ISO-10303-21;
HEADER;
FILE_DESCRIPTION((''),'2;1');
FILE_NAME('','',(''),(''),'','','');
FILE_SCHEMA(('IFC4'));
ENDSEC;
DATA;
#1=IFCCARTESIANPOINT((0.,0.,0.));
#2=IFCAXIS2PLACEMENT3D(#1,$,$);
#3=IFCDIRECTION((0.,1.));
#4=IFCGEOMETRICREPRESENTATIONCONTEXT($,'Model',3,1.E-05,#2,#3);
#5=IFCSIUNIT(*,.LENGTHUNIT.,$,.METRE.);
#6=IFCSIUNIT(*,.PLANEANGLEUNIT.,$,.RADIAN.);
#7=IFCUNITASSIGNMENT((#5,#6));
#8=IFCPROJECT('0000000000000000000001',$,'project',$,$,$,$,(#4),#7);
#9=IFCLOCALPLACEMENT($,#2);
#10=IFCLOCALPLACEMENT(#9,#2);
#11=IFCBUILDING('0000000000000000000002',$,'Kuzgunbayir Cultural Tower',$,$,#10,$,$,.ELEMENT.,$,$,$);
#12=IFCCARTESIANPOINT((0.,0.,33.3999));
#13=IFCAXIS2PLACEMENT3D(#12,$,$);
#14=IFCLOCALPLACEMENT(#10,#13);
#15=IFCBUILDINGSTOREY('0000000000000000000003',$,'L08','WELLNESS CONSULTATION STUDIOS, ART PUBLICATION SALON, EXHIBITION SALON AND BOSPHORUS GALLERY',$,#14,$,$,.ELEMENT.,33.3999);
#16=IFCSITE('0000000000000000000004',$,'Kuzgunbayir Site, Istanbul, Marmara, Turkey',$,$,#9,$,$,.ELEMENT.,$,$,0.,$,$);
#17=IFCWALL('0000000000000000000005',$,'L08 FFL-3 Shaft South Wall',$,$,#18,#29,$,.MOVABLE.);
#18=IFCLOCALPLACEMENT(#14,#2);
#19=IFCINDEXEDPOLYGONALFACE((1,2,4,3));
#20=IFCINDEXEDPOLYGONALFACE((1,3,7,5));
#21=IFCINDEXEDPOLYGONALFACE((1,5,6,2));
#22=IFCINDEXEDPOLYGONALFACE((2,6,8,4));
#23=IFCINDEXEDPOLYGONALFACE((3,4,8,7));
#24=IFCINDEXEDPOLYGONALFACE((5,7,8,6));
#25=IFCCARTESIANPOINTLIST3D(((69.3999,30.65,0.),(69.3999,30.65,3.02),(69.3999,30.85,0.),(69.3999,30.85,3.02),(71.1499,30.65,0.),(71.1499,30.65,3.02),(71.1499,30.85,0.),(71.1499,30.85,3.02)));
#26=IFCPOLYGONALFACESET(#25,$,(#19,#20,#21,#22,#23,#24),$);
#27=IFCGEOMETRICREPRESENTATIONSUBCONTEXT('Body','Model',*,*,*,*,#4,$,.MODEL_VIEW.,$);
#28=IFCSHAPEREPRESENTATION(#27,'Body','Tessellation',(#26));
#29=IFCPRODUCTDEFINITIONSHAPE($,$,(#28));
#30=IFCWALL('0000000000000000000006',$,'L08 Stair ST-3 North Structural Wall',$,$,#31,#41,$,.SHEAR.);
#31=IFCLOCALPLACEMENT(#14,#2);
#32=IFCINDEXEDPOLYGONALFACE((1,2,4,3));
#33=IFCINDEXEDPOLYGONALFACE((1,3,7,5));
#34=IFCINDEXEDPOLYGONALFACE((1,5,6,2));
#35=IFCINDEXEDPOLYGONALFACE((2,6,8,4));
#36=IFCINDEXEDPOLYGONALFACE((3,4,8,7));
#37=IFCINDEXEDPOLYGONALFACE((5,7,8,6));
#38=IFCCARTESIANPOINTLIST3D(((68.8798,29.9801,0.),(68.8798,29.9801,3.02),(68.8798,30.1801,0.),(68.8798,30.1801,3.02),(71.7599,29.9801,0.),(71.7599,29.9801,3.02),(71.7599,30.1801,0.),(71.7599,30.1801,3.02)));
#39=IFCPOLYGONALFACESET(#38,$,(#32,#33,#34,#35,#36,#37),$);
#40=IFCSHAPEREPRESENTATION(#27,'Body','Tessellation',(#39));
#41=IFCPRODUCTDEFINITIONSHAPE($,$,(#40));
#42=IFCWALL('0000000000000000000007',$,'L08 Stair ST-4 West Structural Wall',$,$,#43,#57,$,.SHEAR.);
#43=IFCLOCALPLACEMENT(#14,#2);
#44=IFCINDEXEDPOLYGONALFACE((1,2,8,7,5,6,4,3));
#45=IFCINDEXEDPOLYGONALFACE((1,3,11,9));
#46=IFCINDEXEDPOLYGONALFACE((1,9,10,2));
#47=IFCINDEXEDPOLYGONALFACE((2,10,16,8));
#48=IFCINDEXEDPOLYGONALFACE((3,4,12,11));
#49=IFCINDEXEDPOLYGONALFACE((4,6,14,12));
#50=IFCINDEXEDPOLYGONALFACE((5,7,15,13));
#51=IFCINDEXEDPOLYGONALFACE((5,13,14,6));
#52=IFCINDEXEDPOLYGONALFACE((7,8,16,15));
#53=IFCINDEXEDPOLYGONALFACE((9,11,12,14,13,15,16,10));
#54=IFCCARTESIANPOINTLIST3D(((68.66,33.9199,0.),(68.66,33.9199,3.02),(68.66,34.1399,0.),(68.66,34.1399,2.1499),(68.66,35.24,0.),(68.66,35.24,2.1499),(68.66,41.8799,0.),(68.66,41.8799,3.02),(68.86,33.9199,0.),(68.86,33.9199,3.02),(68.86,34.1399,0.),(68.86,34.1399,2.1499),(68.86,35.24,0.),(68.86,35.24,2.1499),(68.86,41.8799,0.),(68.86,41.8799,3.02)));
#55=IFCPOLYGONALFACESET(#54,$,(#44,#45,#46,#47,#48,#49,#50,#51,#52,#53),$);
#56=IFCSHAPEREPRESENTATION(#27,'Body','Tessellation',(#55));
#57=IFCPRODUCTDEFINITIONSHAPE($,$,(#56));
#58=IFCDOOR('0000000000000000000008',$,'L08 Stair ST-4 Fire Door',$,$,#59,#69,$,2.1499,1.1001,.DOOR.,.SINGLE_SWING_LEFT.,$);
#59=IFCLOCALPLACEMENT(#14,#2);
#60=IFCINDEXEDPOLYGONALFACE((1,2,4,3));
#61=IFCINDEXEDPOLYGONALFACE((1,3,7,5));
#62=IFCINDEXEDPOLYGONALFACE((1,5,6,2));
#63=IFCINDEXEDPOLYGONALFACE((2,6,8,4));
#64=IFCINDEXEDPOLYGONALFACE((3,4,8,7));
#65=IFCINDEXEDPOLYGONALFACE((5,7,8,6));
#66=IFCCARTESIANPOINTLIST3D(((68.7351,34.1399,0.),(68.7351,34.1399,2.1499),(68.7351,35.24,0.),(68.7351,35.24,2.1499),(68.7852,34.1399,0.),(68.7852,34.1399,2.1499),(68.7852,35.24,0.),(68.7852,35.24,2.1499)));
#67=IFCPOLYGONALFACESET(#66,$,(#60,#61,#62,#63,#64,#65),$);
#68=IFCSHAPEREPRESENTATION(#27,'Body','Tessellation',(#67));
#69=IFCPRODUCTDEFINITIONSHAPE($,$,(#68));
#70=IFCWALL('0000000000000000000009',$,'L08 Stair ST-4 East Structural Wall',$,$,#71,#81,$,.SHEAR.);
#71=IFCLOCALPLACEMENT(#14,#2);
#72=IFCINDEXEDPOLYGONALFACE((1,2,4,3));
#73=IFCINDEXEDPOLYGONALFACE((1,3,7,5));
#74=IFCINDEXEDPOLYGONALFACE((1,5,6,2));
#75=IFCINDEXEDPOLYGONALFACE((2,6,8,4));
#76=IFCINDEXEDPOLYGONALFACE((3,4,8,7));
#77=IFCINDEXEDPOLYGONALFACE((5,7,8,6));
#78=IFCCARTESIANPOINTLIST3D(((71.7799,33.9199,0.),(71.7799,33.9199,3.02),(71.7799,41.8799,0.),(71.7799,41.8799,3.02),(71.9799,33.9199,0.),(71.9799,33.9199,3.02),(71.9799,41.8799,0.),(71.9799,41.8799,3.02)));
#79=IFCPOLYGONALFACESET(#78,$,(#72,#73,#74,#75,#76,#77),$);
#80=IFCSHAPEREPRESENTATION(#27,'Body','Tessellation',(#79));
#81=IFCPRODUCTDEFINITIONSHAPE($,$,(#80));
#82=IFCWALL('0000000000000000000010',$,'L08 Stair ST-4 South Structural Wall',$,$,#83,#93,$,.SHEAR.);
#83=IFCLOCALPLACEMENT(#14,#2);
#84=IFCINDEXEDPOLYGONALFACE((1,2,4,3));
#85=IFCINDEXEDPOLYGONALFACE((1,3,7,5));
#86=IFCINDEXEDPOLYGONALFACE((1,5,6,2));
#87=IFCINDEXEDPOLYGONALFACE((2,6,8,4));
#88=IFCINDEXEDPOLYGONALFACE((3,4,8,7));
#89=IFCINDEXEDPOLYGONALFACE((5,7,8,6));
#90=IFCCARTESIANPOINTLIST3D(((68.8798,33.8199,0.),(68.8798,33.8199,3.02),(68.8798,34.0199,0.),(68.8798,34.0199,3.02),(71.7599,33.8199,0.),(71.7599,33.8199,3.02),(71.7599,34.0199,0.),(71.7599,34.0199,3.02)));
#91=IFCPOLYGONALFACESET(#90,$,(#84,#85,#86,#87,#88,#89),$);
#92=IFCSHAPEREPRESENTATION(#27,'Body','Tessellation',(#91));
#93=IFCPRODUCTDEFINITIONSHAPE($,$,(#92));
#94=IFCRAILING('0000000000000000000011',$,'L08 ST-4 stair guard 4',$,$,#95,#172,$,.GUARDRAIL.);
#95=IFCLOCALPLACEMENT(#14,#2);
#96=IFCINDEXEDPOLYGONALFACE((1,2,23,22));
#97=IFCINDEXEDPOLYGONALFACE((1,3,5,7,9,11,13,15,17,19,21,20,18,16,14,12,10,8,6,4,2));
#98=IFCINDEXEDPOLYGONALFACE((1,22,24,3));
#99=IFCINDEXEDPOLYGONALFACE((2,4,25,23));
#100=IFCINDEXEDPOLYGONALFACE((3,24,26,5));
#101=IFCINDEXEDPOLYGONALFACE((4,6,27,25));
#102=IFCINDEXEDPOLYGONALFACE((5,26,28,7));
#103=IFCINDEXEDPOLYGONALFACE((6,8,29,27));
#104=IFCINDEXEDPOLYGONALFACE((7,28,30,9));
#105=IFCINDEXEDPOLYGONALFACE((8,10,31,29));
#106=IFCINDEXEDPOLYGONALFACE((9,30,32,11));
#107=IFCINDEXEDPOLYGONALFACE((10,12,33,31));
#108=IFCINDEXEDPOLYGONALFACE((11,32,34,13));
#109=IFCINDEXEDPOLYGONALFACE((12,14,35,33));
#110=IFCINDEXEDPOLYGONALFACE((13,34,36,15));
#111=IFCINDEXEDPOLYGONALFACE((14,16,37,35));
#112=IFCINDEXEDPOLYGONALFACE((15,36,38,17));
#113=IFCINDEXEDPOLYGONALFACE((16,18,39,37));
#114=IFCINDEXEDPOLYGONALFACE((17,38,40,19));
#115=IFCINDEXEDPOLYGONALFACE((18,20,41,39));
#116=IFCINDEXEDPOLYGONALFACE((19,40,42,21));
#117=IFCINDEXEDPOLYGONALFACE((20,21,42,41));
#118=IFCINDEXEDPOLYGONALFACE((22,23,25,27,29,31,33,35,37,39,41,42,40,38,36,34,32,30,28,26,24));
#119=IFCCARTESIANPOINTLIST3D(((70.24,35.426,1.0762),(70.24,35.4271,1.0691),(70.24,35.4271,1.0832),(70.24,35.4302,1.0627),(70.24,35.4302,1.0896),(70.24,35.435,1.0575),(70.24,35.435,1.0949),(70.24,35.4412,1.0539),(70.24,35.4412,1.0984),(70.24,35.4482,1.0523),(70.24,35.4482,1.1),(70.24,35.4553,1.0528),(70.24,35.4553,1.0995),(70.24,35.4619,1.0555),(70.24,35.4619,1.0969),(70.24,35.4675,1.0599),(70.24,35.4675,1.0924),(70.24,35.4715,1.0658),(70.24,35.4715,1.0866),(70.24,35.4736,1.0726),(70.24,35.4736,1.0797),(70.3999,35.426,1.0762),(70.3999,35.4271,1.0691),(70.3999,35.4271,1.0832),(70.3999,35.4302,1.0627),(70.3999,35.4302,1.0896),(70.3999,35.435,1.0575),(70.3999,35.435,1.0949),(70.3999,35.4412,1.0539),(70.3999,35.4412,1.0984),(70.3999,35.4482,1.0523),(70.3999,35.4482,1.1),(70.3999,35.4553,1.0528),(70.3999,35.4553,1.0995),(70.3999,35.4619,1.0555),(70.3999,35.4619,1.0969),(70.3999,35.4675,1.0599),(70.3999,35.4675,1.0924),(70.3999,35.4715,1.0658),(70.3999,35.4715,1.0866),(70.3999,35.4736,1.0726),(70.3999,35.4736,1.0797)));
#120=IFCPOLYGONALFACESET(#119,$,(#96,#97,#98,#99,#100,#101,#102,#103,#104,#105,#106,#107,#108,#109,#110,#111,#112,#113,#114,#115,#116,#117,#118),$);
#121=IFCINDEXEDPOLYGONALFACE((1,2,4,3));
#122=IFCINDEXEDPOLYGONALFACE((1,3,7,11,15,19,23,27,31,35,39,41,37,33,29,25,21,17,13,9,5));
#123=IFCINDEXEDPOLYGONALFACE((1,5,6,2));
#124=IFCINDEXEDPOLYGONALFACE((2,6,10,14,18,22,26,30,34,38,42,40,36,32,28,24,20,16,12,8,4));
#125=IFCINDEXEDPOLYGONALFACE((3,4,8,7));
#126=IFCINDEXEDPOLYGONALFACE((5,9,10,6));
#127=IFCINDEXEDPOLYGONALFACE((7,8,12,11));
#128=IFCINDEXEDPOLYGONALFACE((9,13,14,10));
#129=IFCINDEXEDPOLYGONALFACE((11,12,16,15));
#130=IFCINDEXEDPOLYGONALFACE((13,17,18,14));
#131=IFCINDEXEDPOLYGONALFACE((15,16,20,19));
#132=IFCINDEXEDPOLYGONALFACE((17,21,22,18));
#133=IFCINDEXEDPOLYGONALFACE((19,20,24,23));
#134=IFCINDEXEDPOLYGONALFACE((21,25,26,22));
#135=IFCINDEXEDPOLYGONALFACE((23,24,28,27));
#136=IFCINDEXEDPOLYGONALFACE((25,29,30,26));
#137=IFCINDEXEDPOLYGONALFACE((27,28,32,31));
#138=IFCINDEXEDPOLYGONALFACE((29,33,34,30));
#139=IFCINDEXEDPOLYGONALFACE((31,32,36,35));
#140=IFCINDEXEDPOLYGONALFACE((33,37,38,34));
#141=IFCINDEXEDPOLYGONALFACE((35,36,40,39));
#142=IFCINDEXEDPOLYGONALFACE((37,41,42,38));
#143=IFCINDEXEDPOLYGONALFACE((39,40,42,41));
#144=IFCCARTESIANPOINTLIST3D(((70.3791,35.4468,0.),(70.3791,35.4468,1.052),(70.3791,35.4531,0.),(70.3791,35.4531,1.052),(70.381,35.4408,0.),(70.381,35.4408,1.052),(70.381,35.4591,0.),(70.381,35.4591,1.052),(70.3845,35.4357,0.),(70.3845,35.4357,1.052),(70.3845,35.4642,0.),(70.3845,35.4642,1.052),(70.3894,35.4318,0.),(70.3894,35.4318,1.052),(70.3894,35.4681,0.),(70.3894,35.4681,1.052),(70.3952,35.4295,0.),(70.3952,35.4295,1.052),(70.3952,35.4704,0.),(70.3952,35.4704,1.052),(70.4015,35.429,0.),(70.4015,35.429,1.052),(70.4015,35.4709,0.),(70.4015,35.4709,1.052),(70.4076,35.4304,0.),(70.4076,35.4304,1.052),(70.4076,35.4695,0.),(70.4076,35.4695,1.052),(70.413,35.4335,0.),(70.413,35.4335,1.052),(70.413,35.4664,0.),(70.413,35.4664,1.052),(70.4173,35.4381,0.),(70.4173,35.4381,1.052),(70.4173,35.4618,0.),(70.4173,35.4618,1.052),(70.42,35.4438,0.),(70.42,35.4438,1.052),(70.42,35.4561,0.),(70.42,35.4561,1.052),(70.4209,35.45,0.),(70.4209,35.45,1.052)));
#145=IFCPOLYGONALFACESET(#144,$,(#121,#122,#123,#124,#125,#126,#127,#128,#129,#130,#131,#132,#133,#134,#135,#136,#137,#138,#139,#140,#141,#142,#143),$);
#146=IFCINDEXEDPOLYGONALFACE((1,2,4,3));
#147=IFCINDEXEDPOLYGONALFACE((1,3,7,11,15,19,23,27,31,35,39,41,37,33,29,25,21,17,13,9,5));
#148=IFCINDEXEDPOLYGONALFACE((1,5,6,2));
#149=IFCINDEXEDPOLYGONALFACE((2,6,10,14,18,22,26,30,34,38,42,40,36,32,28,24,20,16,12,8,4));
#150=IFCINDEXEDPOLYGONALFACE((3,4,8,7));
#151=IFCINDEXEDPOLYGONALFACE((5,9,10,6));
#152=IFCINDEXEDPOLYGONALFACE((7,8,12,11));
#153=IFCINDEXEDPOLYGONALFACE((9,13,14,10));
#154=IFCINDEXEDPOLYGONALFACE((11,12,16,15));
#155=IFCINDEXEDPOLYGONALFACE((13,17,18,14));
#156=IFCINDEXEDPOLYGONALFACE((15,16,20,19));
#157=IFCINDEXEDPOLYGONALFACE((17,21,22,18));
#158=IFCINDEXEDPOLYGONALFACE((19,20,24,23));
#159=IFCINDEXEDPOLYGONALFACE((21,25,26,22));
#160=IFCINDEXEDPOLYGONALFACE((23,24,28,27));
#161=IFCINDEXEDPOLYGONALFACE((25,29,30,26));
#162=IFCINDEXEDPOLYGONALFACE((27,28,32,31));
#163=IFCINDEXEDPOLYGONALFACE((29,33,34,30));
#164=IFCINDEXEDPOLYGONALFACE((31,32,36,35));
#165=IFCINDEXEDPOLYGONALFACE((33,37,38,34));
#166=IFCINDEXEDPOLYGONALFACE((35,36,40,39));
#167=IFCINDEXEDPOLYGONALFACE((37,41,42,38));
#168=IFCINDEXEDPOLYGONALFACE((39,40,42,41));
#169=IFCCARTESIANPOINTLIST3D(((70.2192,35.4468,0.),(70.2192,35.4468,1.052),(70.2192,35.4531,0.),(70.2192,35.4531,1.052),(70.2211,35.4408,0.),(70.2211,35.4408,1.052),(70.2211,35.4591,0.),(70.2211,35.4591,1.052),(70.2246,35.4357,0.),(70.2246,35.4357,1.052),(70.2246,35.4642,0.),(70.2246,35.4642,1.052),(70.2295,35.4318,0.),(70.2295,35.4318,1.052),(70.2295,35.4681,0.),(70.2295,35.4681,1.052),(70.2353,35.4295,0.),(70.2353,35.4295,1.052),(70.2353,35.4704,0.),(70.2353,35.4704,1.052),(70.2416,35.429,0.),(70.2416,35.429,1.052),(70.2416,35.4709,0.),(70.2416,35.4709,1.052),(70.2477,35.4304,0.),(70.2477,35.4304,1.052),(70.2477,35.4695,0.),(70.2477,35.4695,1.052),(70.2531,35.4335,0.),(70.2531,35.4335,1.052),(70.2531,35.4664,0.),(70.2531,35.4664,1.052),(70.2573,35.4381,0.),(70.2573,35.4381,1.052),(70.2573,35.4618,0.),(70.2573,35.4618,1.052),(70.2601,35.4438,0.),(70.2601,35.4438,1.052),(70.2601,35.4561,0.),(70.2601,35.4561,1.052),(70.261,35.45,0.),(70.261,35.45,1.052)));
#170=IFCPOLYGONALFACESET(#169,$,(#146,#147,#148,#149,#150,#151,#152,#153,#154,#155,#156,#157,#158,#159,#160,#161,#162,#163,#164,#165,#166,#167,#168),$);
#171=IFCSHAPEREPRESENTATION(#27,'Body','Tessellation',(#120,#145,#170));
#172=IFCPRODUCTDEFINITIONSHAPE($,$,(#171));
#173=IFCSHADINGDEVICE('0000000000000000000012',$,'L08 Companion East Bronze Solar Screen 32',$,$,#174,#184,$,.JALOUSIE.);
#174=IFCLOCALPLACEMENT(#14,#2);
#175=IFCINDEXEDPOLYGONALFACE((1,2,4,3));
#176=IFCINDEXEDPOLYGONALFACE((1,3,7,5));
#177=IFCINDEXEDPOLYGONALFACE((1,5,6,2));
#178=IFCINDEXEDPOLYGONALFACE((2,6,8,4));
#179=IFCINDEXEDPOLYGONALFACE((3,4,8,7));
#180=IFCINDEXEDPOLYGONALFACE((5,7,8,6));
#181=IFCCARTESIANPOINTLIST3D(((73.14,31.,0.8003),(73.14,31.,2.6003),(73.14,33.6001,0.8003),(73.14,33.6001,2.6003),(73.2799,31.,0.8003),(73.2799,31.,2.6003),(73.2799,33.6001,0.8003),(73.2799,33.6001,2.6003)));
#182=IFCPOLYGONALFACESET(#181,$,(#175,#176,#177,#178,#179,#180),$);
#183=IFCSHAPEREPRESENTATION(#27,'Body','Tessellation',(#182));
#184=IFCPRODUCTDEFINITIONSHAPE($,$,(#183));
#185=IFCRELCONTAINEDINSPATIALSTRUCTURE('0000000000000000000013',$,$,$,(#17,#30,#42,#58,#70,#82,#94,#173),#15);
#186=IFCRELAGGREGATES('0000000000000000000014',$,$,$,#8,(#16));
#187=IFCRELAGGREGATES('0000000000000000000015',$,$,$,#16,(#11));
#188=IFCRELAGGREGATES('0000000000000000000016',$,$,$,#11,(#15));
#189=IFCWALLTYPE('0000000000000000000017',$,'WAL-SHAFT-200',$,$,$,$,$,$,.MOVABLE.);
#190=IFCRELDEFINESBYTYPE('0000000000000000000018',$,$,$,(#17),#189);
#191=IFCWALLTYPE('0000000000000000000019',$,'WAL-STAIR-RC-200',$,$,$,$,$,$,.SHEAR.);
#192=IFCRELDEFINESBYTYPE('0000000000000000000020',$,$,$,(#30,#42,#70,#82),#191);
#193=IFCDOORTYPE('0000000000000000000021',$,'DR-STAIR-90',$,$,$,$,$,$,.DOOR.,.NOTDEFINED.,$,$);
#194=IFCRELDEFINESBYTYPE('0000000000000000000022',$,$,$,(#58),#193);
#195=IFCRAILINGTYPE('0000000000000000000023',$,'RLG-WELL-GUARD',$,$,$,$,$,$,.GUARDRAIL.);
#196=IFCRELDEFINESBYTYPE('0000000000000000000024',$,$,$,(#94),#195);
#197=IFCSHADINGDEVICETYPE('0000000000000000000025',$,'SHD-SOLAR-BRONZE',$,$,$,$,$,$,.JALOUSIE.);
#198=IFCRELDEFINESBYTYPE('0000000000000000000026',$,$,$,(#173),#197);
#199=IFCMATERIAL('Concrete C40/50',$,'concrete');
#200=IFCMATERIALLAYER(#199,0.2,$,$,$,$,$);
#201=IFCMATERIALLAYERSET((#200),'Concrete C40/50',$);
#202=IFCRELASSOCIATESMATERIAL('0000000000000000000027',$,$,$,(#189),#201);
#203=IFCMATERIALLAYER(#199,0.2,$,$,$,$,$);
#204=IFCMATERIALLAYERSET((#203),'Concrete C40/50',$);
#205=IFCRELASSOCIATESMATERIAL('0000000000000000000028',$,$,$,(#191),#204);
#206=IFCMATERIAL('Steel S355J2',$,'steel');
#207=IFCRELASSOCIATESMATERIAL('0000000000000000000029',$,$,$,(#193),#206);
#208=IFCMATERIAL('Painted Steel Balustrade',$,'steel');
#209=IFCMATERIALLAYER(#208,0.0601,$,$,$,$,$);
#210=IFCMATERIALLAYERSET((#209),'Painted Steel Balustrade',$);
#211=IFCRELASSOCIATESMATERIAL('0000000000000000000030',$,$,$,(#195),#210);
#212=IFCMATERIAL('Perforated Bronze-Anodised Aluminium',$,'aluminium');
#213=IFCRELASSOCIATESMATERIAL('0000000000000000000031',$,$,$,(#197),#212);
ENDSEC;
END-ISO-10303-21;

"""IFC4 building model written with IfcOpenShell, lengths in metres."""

from ifc_helpers import new_model, si_unit, direction, frame, frame_2d, origin, origin_2d, place, context, subcontext, project, spatial, rectangle, circle, extrude, material, layer, layer_set, type_object, element, fill, save


model = new_model("IFC4")

# Units and contexts
model_context = context("Model", 3, precision=1e-05, world=origin(), true_north=direction((0.0, 1.0)))
body_context = subcontext(model_context, "Body", "Model", "MODEL_VIEW")
ifc_project = project(units=[si_unit("LENGTHUNIT", "METRE"), si_unit("PLANEANGLEUNIT", "RADIAN")], contexts=[model_context])

# Site, building, storey
site_placement = place(None, origin())
site = spatial("IfcSite", under=ifc_project, at=site_placement, Name="Kuzgunbayir Site, Istanbul, Marmara, Turkey", CompositionType="ELEMENT", RefElevation=0.0)
building_placement = place(site_placement, origin())
building = spatial("IfcBuilding", under=site, at=building_placement, Name="Kuzgunbayir Cultural Tower", CompositionType="ELEMENT")
storey_placement = place(building_placement, frame((0.0, 0.0, 33.3999)))
storey = spatial("IfcBuildingStorey", under=building, at=storey_placement, Name="L08", Description="WELLNESS CONSULTATION STUDIOS, ART PUBLICATION SALON, EXHIBITION SALON AND BOSPHORUS GALLERY", CompositionType="ELEMENT", Elevation=33.3999)

# Shared definitions
ifc_material_1 = material(Name="Steel S355J2", Category="steel")

# Shared definitions
ifc_material_2 = material(Name="Perforated Bronze-Anodised Aluminium", Category="aluminium")

# Shared definitions
ifc_material_3 = material(Name="Concrete C40/50", Category="concrete")
ifc_layer_1 = layer(ifc_material_3, 0.2)
ifc_layer_set_1 = layer_set([ifc_layer_1], Name="Concrete C40/50")
wall_type_1 = type_object("IfcWallType", Name="WAL-SHAFT-200", PredefinedType="MOVABLE", material=ifc_layer_set_1)

# Walls
for number, where, z_axis, x_axis, name in (
    (1, (69.3999, 30.75, 0.0), (0.0, 0.0, 1.0), (1.0, 0.0, 0.0), "L08 FFL-3 Shaft South Wall"),
):
    element("IfcWall", number, at=place(storey_placement, frame(where, z_axis=z_axis, x_axis=x_axis)), inside=storey, type_object=wall_type_1, Name=name, PredefinedType="MOVABLE", context=body_context, shape_type="SweptSolid", body=[
        extrude(rectangle(XDim=1.75, YDim=0.2, at=frame_2d((0.875, 0.0))), origin(), (0.0, 0.0, 1.0), 3.02),
    ])
ifc_layer_2 = layer(ifc_material_3, 0.2)
ifc_layer_set_2 = layer_set([ifc_layer_2], Name="Concrete C40/50")
wall_type_2 = type_object("IfcWallType", Name="WAL-STAIR-RC-200", PredefinedType="SHEAR", material=ifc_layer_set_2)
wall_1_placement = place(storey_placement, frame((68.8799, 30.0801, 0.0), z_axis=(0.0, 0.0, 1.0), x_axis=(1.0, 0.0, 0.0)))
element("IfcWall", 2, at=wall_1_placement, inside=storey, type_object=wall_type_2, Name="L08 Stair ST-3 North Structural Wall", PredefinedType="SHEAR", context=body_context, shape_type="SweptSolid", body=[
    extrude(rectangle(XDim=2.8801, YDim=0.2, at=frame_2d((1.4399, 0.0))), origin(), (0.0, 0.0, 1.0), 3.02),
])

# Wall, opening, door
wall_2_placement = place(storey_placement, frame((68.76, 33.9199, 0.0), z_axis=(0.0, 0.0, 1.0), x_axis=(0.0, 1.0, 0.0)))
wall_2 = element("IfcWall", 3, at=wall_2_placement, inside=storey, type_object=wall_type_2, Name="L08 Stair ST-4 West Structural Wall", PredefinedType="SHEAR", context=body_context, shape_type="SweptSolid", body=[
    extrude(rectangle(XDim=7.96, YDim=0.2, at=frame_2d((3.98, 0.0))), origin(), (0.0, 0.0, 1.0), 3.02),
])
opening_1_placement = place(wall_2_placement, frame((0.22, 0.0, 0.0)))
opening_1 = element("IfcOpeningElement", 4, at=opening_1_placement, cuts=wall_2, PredefinedType="OPENING", context=body_context, shape_type="SweptSolid", body=[
    extrude(rectangle(XDim=1.1001, YDim=2.1499, at=frame_2d((0.55, 1.075))), frame((0.0, 0.1099, 0.0), z_axis=(0.0, -1.0, 0.0), x_axis=(1.0, 0.0, 0.0)), (0.0, 0.0, 1.0), 0.22),
])
door_type_1 = type_object("IfcDoorType", Name="DR-STAIR-90", OperationType="NOTDEFINED", PredefinedType="DOOR", material=ifc_material_1)
door_1_placement = place(opening_1_placement, origin())
door_1 = element("IfcDoor", 5, at=door_1_placement, inside=storey, type_object=door_type_1, Name="L08 Stair ST-4 Fire Door", OperationType="SINGLE_SWING_LEFT", OverallHeight=2.1499, OverallWidth=1.1001, PredefinedType="DOOR", context=body_context, shape_type="SweptSolid", body=[
    extrude(rectangle(XDim=1.1001, YDim=2.1499, at=frame_2d((0.55, 1.075))), frame((0.0, 0.0249, 0.0), z_axis=(0.0, -1.0, 0.0), x_axis=(1.0, 0.0, 0.0)), (0.0, 0.0, 1.0), 0.05),
])
fill(opening_1, door_1)

# Walls
wall_3_placement = place(storey_placement, frame((71.8799, 33.9199, 0.0), z_axis=(0.0, 0.0, 1.0), x_axis=(0.0, 1.0, 0.0)))
element("IfcWall", 6, at=wall_3_placement, inside=storey, type_object=wall_type_2, Name="L08 Stair ST-4 East Structural Wall", PredefinedType="SHEAR", context=body_context, shape_type="SweptSolid", body=[
    extrude(rectangle(XDim=7.96, YDim=0.2, at=frame_2d((3.98, 0.0))), origin(), (0.0, 0.0, 1.0), 3.02),
])
wall_4_placement = place(storey_placement, frame((68.8799, 33.9199, 0.0), z_axis=(0.0, 0.0, 1.0), x_axis=(1.0, 0.0, 0.0)))
element("IfcWall", 7, at=wall_4_placement, inside=storey, type_object=wall_type_2, Name="L08 Stair ST-4 South Structural Wall", PredefinedType="SHEAR", context=body_context, shape_type="SweptSolid", body=[
    extrude(rectangle(XDim=2.8801, YDim=0.2, at=frame_2d((1.4399, 0.0))), origin(), (0.0, 0.0, 1.0), 3.02),
])

# Railing
ifc_material_4 = material(Name="Painted Steel Balustrade", Category="steel")
ifc_layer_3 = layer(ifc_material_4, 0.0601)
ifc_layer_set_3 = layer_set([ifc_layer_3], Name="Painted Steel Balustrade")
railing_type = type_object("IfcRailingType", Name="RLG-WELL-GUARD", PredefinedType="GUARDRAIL", material=ifc_layer_set_3)
railing_placement = place(storey_placement, frame((70.3999, 35.45, 0.0)))
element("IfcRailing", 8, at=railing_placement, inside=storey, type_object=railing_type, Name="L08 ST-4 stair guard 4", PredefinedType="GUARDRAIL", context=body_context, shape_type="SweptSolid", body=[
    extrude(circle(Radius=0.0239, at=origin_2d()), frame((0.0, 0.0, 1.0762), z_axis=(-1.0, 0.0, 0.0), x_axis=(0.0, -1.0, 0.0)), (0.0, 0.0, 1.0), 0.1599),
    extrude(circle(Radius=0.021, at=origin_2d()), origin(), (0.0, 0.0, 1.0), 1.052),
    extrude(circle(Radius=0.021, at=origin_2d()), frame((-0.1599, 0.0, 0.0)), (0.0, 0.0, 1.0), 1.052),
])

# Shading device
shading_device_type = type_object("IfcShadingDeviceType", Name="SHD-SOLAR-BRONZE", PredefinedType="JALOUSIE", material=ifc_material_2)
shading_device_placement = place(storey_placement, frame((73.21, 32.3, 0.8003), z_axis=(0.0, 0.0, 1.0), x_axis=(1.0, 0.0, 0.0)))
element("IfcShadingDevice", 9, at=shading_device_placement, inside=storey, type_object=shading_device_type, Name="L08 Companion East Bronze Solar Screen 32", PredefinedType="JALOUSIE", context=body_context, shape_type="SweptSolid", body=[
    extrude(rectangle(XDim=0.1399, YDim=2.6001, at=origin_2d()), origin(), (0.0, 0.0, 1.0), 1.8),
])

save(model, "model.ifc")
